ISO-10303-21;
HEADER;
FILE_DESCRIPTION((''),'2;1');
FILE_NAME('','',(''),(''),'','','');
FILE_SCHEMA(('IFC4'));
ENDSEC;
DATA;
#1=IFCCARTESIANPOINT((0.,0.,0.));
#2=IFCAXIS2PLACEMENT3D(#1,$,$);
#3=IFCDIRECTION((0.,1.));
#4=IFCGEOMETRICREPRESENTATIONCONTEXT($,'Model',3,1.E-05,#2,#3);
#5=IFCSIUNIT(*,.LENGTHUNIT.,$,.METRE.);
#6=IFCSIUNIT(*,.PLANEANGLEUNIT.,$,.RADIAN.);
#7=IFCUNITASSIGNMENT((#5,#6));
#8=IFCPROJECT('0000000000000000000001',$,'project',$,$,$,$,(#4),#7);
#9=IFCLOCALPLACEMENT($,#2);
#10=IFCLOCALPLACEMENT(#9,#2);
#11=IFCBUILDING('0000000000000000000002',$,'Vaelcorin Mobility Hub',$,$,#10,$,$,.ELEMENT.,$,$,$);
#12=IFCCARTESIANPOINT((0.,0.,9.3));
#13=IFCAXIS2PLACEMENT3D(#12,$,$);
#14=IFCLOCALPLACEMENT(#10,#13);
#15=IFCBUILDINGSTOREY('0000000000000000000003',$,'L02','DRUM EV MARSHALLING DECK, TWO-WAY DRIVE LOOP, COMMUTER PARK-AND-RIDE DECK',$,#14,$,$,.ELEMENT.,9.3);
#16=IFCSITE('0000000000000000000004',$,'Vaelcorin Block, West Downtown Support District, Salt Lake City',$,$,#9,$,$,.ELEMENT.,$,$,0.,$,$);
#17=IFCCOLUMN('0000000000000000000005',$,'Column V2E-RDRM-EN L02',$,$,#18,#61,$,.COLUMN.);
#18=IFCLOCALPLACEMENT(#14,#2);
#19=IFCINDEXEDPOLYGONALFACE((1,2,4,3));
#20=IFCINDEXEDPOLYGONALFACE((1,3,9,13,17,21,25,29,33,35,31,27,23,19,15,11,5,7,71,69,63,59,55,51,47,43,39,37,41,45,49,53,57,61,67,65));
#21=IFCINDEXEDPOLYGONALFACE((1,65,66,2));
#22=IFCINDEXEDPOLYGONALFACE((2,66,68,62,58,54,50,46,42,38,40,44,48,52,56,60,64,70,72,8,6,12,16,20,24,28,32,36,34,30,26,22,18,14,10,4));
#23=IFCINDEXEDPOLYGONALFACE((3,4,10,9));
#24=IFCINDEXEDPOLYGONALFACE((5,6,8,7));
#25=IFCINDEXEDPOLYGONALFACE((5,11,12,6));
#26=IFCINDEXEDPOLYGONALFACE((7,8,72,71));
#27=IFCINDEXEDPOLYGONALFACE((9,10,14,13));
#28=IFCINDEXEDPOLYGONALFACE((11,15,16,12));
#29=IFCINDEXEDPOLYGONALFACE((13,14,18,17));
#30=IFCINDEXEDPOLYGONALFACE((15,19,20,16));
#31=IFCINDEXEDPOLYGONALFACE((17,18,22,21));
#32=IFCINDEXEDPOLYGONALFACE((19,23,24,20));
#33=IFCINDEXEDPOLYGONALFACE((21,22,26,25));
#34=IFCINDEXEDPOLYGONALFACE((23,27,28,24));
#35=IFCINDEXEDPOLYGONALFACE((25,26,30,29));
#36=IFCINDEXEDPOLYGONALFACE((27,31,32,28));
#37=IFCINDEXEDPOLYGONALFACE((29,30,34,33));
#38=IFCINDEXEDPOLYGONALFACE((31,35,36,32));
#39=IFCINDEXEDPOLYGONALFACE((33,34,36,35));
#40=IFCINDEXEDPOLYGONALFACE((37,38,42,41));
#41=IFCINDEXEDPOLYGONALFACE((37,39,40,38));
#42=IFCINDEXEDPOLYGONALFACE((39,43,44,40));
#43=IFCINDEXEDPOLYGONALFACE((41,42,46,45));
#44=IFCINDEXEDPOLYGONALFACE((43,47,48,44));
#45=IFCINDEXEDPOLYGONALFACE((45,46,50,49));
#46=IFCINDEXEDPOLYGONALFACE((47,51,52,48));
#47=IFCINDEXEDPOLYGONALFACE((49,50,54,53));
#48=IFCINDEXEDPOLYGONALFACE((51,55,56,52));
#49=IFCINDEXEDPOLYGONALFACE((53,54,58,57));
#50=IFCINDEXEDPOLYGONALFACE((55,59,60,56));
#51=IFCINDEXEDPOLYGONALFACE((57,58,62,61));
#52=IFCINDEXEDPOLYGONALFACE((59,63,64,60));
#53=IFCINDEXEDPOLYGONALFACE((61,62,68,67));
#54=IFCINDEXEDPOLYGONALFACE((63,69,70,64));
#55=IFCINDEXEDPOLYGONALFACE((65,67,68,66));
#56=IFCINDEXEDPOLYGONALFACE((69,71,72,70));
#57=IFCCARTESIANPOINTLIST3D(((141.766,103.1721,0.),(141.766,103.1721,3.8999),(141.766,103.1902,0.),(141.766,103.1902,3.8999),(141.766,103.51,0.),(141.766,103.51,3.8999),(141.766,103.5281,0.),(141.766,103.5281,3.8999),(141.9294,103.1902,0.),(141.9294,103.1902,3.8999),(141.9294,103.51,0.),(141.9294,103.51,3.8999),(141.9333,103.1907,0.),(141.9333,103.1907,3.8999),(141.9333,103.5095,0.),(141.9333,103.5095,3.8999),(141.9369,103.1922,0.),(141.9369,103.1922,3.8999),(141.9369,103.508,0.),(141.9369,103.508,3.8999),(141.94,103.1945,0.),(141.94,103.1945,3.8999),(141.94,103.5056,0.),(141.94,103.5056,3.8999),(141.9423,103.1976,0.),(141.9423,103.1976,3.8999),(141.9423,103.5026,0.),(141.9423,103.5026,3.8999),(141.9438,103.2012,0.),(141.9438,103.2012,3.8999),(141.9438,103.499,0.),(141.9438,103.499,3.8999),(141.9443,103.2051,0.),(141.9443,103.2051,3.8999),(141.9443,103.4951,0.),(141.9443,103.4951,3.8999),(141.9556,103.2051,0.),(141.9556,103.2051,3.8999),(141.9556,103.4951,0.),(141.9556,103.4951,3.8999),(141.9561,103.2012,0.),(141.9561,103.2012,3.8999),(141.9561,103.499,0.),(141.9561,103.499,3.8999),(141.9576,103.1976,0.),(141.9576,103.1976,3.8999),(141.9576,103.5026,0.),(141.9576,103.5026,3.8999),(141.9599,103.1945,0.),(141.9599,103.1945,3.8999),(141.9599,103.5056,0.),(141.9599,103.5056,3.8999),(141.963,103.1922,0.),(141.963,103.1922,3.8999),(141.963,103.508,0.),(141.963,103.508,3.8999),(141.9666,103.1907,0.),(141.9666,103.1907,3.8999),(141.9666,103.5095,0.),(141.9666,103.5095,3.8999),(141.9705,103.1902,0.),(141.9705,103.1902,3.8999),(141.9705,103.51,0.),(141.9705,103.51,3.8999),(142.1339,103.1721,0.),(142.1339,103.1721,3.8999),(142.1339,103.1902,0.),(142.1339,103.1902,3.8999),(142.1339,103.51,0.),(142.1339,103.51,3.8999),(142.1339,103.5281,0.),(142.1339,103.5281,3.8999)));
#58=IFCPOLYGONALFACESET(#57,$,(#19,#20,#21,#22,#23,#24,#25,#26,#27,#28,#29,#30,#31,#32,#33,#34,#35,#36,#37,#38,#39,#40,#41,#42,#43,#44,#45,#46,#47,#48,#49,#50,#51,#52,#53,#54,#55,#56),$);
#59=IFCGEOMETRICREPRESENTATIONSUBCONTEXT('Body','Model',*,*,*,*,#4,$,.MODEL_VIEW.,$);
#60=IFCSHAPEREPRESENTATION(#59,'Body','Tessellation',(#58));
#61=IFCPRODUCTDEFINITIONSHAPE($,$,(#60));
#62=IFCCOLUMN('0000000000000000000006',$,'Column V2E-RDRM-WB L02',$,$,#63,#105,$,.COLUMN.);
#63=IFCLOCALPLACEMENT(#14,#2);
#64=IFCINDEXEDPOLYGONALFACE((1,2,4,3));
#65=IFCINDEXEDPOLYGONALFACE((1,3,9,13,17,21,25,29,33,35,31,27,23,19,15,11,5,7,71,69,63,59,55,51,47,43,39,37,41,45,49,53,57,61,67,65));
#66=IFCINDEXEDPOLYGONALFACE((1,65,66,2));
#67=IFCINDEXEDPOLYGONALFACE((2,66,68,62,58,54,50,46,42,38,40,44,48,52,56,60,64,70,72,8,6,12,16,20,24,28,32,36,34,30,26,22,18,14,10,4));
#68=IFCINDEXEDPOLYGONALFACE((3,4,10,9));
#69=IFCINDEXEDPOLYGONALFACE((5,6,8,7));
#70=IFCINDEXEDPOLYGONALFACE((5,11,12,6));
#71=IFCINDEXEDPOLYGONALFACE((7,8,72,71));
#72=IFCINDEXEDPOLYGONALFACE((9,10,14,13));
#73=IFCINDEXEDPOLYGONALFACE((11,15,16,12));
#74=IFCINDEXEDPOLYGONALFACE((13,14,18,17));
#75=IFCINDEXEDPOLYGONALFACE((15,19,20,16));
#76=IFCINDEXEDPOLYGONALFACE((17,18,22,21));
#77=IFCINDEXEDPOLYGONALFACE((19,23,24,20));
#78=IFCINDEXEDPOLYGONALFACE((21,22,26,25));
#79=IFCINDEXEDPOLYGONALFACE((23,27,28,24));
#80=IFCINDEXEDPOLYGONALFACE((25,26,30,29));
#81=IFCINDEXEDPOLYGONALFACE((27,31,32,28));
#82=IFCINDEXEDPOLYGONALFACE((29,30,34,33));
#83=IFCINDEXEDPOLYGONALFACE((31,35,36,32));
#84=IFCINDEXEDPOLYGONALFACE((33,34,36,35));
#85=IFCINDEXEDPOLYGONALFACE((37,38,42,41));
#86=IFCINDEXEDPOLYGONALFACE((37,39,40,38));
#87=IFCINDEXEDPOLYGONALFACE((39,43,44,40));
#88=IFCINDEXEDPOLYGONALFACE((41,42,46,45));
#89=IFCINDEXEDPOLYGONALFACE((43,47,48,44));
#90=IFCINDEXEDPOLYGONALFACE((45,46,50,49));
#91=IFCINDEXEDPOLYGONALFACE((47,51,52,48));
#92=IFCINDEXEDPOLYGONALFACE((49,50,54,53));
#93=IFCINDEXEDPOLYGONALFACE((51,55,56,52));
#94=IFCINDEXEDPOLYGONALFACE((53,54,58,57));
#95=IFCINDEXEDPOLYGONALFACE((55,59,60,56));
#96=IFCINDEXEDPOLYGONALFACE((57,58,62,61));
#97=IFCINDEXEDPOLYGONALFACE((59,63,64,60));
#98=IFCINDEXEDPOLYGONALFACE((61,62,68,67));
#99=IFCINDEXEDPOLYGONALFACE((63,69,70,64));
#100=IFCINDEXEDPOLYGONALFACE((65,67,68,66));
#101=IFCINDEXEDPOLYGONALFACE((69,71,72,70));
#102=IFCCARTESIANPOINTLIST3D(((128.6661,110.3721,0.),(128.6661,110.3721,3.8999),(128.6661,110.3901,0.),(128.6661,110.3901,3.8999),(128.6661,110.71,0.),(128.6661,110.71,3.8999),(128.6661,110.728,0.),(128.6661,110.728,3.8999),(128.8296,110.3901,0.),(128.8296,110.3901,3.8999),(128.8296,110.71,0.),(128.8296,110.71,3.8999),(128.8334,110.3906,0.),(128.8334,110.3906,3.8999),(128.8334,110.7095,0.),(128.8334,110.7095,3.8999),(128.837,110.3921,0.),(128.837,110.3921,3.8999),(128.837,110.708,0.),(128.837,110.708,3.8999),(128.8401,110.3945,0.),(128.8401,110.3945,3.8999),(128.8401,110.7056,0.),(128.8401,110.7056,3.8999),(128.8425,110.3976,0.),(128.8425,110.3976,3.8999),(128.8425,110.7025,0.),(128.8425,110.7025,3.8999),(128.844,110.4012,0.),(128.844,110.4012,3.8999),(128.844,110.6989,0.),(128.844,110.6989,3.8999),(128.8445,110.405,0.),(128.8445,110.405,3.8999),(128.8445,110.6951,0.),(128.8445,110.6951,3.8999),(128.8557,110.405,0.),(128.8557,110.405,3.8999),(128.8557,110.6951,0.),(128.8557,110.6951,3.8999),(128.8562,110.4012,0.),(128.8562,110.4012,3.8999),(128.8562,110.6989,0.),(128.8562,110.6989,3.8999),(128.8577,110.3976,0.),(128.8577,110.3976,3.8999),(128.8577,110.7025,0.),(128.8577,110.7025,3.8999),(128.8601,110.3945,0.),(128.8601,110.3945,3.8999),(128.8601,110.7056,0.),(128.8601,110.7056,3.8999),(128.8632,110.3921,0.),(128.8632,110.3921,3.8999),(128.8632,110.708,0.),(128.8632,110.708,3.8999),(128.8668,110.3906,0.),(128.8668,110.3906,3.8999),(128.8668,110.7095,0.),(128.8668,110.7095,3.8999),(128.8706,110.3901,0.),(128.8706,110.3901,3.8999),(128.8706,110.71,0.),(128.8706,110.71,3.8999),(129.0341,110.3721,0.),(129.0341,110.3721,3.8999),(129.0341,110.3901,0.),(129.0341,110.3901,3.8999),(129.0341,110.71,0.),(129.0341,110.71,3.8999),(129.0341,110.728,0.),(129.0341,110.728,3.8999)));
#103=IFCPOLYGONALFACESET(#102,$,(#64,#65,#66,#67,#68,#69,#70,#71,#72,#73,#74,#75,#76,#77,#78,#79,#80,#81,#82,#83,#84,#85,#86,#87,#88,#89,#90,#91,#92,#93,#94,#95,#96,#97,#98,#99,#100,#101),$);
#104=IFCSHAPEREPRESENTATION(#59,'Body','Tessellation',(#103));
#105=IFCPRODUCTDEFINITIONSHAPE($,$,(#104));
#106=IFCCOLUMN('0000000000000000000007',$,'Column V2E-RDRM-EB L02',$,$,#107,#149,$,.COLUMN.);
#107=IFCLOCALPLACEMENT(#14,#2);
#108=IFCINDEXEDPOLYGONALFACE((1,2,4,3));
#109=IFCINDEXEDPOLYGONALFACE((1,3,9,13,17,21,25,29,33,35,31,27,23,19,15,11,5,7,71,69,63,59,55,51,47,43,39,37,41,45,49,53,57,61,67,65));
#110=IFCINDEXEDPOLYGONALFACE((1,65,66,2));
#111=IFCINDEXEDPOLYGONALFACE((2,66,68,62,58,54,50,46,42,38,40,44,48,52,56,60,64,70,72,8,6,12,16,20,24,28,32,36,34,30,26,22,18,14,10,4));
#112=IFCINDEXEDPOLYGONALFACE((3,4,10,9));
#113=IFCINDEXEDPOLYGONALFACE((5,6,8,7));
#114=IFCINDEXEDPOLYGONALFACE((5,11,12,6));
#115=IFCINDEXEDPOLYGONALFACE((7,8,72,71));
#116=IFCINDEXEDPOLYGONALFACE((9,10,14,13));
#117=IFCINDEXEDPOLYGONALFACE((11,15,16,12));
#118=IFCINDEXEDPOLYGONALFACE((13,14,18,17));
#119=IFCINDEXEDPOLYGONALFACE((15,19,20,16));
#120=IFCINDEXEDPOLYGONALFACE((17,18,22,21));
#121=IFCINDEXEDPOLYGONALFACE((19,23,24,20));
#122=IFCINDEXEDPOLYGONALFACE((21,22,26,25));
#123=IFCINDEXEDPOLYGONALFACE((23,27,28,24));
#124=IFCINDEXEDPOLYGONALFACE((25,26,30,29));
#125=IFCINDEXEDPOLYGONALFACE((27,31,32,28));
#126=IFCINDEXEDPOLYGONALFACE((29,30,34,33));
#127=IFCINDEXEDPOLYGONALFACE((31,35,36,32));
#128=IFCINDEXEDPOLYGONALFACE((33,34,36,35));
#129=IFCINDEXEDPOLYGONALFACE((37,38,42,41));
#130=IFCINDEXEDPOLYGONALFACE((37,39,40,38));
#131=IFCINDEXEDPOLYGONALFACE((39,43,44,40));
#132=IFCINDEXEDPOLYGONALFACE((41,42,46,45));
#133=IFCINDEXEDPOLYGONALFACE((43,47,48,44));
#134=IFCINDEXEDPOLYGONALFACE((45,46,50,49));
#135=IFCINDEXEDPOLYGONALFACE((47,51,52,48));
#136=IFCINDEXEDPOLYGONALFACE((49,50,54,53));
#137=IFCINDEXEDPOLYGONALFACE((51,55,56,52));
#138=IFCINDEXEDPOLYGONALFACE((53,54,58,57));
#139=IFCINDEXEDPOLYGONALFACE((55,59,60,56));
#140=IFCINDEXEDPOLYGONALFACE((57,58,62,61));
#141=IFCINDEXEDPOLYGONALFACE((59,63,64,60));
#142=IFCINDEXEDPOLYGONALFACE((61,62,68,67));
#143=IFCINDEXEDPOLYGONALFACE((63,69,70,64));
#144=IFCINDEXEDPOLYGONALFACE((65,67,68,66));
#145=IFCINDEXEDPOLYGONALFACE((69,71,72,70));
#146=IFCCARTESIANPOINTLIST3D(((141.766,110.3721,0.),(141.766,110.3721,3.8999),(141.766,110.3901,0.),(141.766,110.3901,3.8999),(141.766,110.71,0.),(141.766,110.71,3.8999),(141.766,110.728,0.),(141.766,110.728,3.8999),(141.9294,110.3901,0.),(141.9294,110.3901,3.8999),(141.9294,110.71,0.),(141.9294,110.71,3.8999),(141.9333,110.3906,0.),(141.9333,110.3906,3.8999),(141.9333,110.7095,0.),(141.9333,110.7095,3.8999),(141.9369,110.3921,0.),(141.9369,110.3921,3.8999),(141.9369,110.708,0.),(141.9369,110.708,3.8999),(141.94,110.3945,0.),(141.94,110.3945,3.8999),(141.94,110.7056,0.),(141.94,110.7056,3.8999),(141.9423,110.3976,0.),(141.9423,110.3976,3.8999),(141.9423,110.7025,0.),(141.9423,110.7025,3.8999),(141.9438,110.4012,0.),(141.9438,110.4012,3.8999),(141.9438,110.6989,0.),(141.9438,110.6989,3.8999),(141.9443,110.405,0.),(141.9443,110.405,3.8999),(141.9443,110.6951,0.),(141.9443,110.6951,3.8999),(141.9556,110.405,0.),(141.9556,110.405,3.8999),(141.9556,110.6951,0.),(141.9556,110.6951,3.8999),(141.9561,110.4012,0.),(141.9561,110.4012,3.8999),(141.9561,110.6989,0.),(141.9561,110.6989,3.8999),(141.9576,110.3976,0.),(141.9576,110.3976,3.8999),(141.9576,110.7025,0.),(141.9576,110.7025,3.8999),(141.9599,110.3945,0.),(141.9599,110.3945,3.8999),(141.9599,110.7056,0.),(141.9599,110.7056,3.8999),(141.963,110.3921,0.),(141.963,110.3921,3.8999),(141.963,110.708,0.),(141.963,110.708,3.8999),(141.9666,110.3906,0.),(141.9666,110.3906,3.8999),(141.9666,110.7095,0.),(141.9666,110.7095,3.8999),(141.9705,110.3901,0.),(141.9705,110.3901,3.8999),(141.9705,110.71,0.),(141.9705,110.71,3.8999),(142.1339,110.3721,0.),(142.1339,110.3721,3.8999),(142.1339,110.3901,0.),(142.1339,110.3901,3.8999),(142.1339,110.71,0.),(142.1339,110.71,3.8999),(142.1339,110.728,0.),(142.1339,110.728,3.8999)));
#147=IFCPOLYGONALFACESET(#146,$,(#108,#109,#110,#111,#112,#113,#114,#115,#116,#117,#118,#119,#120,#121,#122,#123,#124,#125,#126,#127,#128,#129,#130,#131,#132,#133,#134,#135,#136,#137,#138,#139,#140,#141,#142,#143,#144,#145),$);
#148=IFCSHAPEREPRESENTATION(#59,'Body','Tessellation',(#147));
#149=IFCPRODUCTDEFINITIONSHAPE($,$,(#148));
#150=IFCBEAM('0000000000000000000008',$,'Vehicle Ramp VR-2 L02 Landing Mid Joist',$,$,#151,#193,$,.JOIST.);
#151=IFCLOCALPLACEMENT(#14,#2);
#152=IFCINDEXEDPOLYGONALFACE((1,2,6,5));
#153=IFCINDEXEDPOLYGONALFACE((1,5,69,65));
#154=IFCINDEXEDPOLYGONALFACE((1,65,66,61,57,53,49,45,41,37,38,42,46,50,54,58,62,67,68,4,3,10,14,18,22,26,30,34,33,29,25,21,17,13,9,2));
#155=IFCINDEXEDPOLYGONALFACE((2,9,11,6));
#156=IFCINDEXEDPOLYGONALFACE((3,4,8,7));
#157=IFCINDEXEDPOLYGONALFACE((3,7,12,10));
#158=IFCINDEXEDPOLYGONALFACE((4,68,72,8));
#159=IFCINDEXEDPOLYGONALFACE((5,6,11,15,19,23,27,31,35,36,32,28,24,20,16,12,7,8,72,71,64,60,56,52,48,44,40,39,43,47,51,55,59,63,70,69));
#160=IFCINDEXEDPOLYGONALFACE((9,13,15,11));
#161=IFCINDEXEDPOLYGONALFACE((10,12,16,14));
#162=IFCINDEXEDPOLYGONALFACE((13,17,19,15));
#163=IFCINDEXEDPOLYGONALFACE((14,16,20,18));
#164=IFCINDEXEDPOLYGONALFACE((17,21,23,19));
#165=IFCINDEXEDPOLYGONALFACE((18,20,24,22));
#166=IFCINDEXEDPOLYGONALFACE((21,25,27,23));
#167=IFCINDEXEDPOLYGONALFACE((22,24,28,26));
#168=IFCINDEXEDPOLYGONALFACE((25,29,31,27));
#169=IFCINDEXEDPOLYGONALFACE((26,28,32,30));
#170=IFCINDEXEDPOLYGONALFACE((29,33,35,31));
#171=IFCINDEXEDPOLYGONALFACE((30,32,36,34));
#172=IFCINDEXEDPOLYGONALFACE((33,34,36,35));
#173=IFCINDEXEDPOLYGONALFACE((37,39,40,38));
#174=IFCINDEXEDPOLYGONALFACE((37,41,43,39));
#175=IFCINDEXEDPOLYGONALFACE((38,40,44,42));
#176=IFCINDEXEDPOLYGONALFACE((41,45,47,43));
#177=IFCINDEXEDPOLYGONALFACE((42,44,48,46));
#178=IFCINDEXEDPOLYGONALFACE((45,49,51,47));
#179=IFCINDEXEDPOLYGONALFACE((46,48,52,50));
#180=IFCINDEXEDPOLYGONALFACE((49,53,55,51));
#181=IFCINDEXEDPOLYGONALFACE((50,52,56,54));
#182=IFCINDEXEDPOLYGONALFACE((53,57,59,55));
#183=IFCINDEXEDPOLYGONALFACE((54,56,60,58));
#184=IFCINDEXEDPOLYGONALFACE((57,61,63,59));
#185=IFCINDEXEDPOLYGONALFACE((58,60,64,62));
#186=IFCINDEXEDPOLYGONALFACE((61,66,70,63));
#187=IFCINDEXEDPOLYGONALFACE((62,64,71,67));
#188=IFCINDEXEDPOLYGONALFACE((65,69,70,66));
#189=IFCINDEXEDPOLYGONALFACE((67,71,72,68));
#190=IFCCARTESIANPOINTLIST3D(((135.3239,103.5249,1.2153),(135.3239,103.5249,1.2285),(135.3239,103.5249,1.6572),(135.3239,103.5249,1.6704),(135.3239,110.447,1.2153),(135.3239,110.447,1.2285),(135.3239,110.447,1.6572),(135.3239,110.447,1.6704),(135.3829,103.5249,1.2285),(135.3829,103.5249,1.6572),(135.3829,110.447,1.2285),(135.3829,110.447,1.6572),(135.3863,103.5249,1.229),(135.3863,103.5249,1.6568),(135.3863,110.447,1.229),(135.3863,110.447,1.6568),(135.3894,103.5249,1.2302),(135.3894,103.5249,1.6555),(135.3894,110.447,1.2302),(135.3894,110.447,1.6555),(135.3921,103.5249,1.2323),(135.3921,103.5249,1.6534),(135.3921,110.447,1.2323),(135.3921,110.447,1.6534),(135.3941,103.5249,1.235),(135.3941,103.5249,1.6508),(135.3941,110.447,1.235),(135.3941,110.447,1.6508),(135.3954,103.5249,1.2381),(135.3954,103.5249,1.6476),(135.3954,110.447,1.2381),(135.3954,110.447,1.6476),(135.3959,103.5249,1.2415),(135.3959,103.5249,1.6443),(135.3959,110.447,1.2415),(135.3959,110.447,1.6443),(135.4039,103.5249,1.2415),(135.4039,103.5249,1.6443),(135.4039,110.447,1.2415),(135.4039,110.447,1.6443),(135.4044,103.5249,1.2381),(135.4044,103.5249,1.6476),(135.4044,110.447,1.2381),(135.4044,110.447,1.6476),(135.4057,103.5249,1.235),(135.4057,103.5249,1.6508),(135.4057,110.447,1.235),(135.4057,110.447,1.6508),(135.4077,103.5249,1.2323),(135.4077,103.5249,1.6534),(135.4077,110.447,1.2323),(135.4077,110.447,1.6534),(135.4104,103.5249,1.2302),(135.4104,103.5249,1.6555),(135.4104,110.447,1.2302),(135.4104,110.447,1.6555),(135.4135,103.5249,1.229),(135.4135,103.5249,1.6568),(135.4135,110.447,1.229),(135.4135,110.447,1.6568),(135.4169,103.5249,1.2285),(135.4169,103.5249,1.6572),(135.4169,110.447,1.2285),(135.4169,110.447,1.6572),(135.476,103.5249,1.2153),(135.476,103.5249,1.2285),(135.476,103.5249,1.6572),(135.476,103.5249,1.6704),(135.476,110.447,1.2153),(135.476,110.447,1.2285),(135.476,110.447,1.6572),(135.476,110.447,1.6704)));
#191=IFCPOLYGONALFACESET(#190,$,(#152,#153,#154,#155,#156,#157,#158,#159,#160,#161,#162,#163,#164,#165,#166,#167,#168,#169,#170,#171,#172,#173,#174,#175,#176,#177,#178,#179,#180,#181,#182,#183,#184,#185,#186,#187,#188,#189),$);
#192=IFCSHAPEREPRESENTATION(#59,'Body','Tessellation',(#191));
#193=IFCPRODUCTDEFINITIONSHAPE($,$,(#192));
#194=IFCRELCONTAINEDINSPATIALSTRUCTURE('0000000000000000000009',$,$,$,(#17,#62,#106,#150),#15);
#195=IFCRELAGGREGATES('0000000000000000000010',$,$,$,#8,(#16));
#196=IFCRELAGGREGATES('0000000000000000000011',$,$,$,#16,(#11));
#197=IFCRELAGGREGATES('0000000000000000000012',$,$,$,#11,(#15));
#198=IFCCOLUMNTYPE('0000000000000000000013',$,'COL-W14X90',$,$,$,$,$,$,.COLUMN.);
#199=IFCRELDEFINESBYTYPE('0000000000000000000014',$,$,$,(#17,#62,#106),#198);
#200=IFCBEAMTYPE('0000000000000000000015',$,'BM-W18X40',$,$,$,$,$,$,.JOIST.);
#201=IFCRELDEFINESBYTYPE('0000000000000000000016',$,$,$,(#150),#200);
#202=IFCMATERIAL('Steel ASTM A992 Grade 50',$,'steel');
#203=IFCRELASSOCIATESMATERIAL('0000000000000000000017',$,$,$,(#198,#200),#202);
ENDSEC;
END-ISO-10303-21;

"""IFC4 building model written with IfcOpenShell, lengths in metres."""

from ifc_helpers import new_model, si_unit, direction, frame, origin, origin_2d, place, context, subcontext, project, spatial, i_section, extrude, material, material_profile, profile_set, type_object, element, save


model = new_model("IFC4")

# Units and contexts
model_context = context("Model", 3, precision=1e-05, world=origin(), true_north=direction((0.0, 1.0)))
body_context = subcontext(model_context, "Body", "Model", "MODEL_VIEW")
ifc_project = project(units=[si_unit("LENGTHUNIT", "METRE"), si_unit("PLANEANGLEUNIT", "RADIAN")], contexts=[model_context])

# Site, building, storey
site_placement = place(None, origin())
site = spatial("IfcSite", under=ifc_project, at=site_placement, Name="Vaelcorin Block, West Downtown Support District, Salt Lake City", CompositionType="ELEMENT", RefElevation=0.0)
building_placement = place(site_placement, origin())
building = spatial("IfcBuilding", under=site, at=building_placement, Name="Vaelcorin Mobility Hub", CompositionType="ELEMENT")
storey_placement = place(building_placement, frame((0.0, 0.0, 9.3)))
storey = spatial("IfcBuildingStorey", under=building, at=storey_placement, Name="L02", Description="DRUM EV MARSHALLING DECK, TWO-WAY DRIVE LOOP, COMMUTER PARK-AND-RIDE DECK", CompositionType="ELEMENT", Elevation=9.3)

# Columns
ifc_material_1 = material(Name="Steel ASTM A992 Grade 50", Category="steel")
ifc_material_profile_1 = material_profile(ifc_material_1, i_section(OverallWidth=0.3679, OverallDepth=0.356, WebThickness=0.0112, FlangeThickness=0.0181, FilletRadius=0.0149, at=origin_2d()), Name="W14X90")
ifc_profile_set_1 = profile_set([ifc_material_profile_1], Name="Steel ASTM A992 Grade 50")
column_type_1 = type_object("IfcColumnType", Name="COL-W14X90", PredefinedType="COLUMN", material=ifc_profile_set_1)
for number, where, z_axis, x_axis, name in (
    (1, (141.95, 103.3501, 0.0), (0.0, 0.0, 1.0), (1.0, 0.0, 0.0), "Column V2E-RDRM-EN L02"),
    (2, (128.8501, 110.55, 0.0), (0.0, 0.0, 1.0), (1.0, 0.0, 0.0), "Column V2E-RDRM-WB L02"),
    (3, (141.95, 110.55, 0.0), (0.0, 0.0, 1.0), (1.0, 0.0, 0.0), "Column V2E-RDRM-EB L02"),
):
    element("IfcColumn", number, at=place(storey_placement, frame(where, z_axis=z_axis, x_axis=x_axis)), inside=storey, type_object=column_type_1, Name=name, PredefinedType="COLUMN", context=body_context, shape_type="SweptSolid", body=[
        extrude(i_section(OverallWidth=0.3679, OverallDepth=0.356, WebThickness=0.0112, FlangeThickness=0.0181, FilletRadius=0.0149, at=origin_2d()), origin(), (0.0, 0.0, 1.0), 3.8999),
    ])

# Beam
ifc_material_profile_2 = material_profile(ifc_material_1, i_section(OverallWidth=0.1521, OverallDepth=0.4551, WebThickness=0.0081, FlangeThickness=0.0132, FilletRadius=0.0129, at=origin_2d()), Name="W18X40")
ifc_profile_set_2 = profile_set([ifc_material_profile_2], Name="Steel ASTM A992 Grade 50")
beam_type_1 = type_object("IfcBeamType", Name="BM-W18X40", PredefinedType="JOIST", material=ifc_profile_set_2)
beam_1_placement = place(storey_placement, frame((135.3999, 103.5249, 1.4429), z_axis=(0.0, 1.0, 0.0), x_axis=(-1.0, 0.0, 0.0)))
element("IfcBeam", 4, at=beam_1_placement, inside=storey, type_object=beam_type_1, Name="Vehicle Ramp VR-2 L02 Landing Mid Joist", PredefinedType="JOIST", context=body_context, shape_type="SweptSolid", body=[
    extrude(i_section(OverallWidth=0.1521, OverallDepth=0.4551, WebThickness=0.0081, FlangeThickness=0.0132, FilletRadius=0.0129, at=origin_2d()), origin(), (0.0, 0.0, 1.0), 6.9221),
])

save(model, "model.ifc")
